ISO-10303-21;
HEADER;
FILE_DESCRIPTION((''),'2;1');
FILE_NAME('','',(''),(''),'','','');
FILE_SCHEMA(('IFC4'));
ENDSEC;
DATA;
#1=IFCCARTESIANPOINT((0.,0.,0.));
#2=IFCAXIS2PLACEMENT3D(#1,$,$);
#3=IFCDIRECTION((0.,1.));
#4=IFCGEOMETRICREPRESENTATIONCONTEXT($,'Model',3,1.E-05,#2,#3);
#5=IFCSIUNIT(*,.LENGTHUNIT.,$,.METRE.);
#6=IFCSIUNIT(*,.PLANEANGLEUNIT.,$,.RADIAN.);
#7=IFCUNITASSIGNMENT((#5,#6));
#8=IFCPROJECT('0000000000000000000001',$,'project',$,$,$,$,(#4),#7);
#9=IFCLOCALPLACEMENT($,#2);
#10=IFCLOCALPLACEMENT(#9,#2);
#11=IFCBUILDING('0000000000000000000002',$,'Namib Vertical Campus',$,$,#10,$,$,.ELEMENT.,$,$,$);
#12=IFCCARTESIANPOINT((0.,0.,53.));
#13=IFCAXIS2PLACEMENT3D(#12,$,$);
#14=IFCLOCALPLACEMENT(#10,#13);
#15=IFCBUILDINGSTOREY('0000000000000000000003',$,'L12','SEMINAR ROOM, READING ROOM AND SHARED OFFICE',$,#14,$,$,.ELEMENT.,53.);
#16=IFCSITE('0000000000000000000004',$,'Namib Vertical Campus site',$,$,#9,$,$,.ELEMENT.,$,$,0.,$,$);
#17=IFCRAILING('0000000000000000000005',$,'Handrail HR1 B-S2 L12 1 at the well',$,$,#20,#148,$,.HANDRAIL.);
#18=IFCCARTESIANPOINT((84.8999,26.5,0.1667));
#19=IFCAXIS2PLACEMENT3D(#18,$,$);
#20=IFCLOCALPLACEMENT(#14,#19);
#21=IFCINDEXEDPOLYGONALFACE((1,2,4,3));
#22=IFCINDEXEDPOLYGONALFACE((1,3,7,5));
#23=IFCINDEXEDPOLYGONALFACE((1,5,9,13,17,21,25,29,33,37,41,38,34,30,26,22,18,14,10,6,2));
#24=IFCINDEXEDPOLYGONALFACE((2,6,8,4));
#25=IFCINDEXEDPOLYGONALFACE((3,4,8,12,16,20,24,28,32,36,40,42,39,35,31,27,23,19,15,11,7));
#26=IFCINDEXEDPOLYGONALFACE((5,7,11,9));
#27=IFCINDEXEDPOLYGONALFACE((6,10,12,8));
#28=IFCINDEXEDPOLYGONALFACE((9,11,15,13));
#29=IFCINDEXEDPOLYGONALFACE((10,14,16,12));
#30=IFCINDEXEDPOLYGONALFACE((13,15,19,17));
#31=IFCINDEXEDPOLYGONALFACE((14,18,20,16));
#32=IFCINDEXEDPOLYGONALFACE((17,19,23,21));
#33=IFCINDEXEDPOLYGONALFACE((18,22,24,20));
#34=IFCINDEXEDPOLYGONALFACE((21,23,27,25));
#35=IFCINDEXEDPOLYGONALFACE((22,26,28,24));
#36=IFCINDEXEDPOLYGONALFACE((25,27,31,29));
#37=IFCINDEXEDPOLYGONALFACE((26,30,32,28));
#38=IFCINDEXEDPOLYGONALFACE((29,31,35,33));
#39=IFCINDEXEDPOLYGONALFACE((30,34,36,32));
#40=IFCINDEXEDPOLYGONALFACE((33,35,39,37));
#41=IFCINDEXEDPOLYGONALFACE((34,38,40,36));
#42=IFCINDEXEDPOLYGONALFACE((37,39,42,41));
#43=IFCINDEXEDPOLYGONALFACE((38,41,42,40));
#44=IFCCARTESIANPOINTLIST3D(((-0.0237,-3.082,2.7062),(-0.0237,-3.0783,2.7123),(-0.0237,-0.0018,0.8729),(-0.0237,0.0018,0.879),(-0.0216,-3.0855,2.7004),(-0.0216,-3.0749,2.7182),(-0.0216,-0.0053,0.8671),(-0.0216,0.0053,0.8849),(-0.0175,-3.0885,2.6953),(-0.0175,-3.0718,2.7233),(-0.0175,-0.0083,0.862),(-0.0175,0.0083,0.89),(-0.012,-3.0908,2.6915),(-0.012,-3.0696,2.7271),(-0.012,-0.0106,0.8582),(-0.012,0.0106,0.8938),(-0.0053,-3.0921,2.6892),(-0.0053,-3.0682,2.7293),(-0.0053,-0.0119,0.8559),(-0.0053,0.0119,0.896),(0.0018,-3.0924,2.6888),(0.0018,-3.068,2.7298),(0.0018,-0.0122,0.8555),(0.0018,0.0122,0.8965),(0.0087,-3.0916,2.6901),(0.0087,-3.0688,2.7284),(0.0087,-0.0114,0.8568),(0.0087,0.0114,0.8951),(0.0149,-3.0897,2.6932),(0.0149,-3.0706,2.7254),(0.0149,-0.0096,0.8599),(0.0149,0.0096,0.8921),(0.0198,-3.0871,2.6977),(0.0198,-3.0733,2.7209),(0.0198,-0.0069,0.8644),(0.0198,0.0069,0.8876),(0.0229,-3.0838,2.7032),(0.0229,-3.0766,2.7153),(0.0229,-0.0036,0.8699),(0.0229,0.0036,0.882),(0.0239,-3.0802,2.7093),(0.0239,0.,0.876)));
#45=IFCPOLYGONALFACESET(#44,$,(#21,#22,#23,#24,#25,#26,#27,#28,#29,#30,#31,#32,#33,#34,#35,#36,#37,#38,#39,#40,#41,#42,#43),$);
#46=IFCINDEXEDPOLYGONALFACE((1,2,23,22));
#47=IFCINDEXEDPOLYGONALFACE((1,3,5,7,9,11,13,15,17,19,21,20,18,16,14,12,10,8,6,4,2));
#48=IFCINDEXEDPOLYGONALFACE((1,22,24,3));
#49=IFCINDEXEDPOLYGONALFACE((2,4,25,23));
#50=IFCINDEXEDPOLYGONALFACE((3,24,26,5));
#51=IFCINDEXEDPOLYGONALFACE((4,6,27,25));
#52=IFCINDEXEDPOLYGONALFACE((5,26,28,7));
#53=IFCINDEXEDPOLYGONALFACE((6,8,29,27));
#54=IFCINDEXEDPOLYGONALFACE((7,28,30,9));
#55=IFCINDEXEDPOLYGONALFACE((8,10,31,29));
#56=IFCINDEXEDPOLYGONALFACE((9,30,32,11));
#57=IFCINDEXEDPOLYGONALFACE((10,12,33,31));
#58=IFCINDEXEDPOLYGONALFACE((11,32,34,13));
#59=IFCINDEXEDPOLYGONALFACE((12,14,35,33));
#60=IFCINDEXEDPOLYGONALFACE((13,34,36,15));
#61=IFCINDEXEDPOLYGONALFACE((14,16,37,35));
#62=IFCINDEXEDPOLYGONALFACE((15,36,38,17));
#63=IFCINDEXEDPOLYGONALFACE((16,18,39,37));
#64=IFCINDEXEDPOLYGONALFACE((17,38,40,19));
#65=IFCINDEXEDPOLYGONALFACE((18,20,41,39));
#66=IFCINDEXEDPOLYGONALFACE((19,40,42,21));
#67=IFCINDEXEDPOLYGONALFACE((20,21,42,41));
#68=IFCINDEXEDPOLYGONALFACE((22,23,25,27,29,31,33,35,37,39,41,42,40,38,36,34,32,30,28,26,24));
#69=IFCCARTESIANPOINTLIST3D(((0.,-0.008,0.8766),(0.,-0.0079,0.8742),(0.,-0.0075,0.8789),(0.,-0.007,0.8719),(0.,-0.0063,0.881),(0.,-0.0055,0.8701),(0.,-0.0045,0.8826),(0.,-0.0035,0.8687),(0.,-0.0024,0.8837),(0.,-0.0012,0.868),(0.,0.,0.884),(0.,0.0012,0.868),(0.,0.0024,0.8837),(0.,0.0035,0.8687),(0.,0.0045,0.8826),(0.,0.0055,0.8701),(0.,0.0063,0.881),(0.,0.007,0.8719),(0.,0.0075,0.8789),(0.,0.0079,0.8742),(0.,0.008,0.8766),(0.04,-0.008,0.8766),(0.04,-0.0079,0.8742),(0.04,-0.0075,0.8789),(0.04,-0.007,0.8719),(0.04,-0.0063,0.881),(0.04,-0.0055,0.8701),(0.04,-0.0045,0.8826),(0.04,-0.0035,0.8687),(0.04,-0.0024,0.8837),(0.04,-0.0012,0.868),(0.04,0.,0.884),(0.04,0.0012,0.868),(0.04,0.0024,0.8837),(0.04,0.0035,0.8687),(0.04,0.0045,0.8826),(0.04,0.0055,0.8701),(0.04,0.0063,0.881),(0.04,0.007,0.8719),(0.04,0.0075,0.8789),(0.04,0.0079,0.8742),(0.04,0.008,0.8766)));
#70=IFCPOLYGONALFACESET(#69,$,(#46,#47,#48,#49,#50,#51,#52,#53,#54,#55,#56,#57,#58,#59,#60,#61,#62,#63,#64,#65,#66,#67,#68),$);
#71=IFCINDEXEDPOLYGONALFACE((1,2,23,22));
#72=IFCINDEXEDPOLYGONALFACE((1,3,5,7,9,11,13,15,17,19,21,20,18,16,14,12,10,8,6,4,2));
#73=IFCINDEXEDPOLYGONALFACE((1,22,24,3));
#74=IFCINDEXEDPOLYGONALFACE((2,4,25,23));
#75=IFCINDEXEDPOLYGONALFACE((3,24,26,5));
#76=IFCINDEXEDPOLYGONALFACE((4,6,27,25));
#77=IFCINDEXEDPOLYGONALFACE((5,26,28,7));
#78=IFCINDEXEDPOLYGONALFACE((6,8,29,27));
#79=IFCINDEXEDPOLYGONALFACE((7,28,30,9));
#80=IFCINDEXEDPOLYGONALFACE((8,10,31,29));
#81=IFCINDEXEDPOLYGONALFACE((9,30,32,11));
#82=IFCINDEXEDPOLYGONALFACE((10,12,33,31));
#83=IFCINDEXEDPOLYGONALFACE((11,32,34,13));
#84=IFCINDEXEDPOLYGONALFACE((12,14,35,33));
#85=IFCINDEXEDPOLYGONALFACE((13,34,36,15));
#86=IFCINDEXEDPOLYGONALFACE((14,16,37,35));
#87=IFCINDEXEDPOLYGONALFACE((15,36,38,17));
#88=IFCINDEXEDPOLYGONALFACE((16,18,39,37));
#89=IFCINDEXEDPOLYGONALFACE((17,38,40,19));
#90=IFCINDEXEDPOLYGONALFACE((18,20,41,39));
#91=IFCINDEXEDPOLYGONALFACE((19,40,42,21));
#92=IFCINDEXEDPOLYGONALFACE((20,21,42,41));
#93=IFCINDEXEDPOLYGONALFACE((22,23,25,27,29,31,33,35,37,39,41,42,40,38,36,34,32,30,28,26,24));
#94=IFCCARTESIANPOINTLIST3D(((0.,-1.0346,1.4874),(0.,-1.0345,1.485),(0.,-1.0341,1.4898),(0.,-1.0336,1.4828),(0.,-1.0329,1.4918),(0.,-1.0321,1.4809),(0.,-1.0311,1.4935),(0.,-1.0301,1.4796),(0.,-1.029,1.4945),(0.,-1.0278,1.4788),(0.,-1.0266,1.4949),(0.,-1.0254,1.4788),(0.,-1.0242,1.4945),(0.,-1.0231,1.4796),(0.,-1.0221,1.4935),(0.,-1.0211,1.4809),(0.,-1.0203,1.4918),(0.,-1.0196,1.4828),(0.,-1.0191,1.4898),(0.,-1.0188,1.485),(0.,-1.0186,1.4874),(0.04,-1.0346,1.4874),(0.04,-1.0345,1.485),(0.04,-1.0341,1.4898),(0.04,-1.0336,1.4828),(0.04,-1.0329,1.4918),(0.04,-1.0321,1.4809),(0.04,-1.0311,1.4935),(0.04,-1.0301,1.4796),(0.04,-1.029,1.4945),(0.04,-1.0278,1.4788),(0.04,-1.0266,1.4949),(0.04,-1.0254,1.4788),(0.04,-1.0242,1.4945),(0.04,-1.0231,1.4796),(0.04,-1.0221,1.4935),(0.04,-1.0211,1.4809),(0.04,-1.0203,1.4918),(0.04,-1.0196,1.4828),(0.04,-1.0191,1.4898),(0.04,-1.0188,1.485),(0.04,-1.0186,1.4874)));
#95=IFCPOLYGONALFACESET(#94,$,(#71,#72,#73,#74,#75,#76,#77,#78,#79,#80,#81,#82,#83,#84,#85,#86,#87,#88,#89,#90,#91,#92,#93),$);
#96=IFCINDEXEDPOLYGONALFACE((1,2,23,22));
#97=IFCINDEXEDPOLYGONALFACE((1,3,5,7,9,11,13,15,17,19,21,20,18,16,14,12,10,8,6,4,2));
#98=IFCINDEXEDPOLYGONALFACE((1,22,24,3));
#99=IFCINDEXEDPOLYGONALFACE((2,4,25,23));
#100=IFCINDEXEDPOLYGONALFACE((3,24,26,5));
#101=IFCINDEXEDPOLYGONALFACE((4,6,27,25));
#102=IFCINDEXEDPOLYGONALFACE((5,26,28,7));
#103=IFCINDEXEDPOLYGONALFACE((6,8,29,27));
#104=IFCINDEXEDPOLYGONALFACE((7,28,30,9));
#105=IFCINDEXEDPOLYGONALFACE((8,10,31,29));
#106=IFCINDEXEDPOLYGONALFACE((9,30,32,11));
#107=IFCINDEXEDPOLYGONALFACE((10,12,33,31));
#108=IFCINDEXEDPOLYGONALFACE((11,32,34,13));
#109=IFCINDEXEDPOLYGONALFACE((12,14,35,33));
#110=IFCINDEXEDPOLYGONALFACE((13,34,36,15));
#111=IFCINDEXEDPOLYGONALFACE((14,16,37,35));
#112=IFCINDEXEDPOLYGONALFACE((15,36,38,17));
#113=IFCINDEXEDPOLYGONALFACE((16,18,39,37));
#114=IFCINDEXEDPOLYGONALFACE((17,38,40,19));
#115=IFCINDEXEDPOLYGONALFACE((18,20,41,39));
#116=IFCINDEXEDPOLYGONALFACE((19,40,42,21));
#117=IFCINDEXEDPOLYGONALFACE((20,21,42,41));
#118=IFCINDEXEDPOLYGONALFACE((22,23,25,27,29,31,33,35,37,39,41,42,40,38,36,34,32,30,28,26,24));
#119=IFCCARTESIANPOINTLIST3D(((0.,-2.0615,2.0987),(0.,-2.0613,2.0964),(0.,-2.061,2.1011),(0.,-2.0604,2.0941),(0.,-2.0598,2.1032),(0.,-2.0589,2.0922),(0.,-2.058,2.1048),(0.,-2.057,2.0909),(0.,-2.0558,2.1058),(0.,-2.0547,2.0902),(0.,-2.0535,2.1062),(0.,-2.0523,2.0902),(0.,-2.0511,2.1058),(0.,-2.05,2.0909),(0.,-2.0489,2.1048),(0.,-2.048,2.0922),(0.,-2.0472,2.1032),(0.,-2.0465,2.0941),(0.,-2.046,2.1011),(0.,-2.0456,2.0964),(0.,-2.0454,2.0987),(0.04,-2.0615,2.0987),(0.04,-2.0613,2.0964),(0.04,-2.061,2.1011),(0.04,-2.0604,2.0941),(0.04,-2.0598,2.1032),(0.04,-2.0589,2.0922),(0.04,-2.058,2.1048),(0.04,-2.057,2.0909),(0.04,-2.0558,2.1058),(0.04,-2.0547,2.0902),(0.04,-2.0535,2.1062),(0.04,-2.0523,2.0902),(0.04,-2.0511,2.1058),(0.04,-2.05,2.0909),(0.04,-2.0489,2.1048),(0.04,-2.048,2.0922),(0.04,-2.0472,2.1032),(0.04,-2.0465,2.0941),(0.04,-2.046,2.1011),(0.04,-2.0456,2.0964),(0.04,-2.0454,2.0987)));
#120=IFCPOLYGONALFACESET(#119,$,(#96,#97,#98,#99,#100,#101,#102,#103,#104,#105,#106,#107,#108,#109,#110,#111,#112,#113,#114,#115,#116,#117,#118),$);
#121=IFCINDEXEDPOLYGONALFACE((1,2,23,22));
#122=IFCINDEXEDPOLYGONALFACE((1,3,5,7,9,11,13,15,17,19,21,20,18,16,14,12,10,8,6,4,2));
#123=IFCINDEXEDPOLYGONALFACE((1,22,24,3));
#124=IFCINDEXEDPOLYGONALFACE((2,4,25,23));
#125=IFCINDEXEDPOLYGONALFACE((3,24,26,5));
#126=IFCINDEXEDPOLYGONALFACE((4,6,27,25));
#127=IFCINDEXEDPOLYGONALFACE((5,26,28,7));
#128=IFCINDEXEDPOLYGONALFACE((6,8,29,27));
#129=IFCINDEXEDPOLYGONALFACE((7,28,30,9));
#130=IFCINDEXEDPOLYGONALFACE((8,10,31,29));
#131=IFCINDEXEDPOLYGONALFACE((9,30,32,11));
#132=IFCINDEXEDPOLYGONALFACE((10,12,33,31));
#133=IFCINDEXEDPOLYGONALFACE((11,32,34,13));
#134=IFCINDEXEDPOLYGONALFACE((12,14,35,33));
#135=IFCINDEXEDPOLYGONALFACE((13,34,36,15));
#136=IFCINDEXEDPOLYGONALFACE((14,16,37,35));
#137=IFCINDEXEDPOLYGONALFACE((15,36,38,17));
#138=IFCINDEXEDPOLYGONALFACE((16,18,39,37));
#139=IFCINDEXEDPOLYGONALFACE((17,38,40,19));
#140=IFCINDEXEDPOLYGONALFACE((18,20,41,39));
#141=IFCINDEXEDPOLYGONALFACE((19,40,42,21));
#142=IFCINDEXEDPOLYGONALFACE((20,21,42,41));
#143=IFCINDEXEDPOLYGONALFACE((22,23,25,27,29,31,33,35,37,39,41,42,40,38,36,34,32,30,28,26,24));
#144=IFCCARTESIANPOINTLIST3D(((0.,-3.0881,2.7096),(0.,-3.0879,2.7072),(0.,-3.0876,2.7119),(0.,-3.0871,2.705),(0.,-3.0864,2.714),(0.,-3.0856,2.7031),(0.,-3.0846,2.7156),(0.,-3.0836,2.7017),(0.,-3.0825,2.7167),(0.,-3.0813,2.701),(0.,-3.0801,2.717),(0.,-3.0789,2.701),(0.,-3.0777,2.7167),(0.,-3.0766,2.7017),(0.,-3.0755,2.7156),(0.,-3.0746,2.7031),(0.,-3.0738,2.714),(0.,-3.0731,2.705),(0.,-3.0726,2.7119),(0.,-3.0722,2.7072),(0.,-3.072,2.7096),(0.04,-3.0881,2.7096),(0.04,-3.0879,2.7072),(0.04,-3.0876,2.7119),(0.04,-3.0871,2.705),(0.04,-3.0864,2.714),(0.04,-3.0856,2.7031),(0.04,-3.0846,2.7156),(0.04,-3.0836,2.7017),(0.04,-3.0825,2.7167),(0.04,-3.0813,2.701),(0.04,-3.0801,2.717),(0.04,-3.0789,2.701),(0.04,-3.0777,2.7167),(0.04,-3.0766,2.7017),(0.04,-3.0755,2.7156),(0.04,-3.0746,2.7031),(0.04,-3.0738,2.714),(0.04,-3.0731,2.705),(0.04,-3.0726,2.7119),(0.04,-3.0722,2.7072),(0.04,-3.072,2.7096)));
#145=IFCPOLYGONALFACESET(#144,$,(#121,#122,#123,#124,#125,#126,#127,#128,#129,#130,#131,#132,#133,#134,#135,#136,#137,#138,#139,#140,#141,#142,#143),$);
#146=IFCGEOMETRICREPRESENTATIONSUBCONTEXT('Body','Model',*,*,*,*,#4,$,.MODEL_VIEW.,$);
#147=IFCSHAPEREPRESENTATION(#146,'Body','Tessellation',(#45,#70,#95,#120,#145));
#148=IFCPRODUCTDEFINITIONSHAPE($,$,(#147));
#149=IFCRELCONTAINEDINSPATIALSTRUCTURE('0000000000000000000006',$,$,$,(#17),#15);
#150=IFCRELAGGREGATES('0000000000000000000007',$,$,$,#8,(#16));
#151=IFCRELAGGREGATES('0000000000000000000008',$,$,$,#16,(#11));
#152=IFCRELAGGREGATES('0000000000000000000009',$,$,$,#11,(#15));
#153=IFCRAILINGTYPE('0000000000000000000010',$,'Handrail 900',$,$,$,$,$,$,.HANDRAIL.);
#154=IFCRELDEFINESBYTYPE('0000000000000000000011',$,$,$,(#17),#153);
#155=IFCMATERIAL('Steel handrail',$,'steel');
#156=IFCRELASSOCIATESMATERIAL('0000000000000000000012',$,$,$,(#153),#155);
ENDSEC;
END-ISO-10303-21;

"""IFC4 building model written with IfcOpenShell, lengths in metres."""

from ifc_helpers import new_model, si_unit, direction, frame, origin, origin_2d, place, context, subcontext, project, spatial, circle, extrude, material, type_object, element, save


model = new_model("IFC4")

# Units and contexts
model_context = context("Model", 3, precision=1e-05, world=origin(), true_north=direction((0.0, 1.0)))
body_context = subcontext(model_context, "Body", "Model", "MODEL_VIEW")
ifc_project = project(units=[si_unit("LENGTHUNIT", "METRE"), si_unit("PLANEANGLEUNIT", "RADIAN")], contexts=[model_context])

# Site, building, storey
site_placement = place(None, origin())
site = spatial("IfcSite", under=ifc_project, at=site_placement, Name="Namib Vertical Campus site", CompositionType="ELEMENT", RefElevation=0.0)
building_placement = place(site_placement, origin())
building = spatial("IfcBuilding", under=site, at=building_placement, Name="Namib Vertical Campus", CompositionType="ELEMENT")
storey_placement = place(building_placement, frame((0.0, 0.0, 53.0)))
storey = spatial("IfcBuildingStorey", under=building, at=storey_placement, Name="L12", Description="SEMINAR ROOM, READING ROOM AND SHARED OFFICE", CompositionType="ELEMENT", Elevation=53.0)

# Railing
ifc_material_1 = material(Name="Steel handrail", Category="steel")
railing_type_1 = type_object("IfcRailingType", Name="Handrail 900", PredefinedType="HANDRAIL", material=ifc_material_1)
railing_1_placement = place(storey_placement, frame((84.8999, 26.5, 0.1667)))
element("IfcRailing", 1, at=railing_1_placement, inside=storey, type_object=railing_type_1, Name="Handrail HR1 B-S2 L12 1 at the well", PredefinedType="HANDRAIL", context=body_context, shape_type="SweptSolid", body=[
    extrude(circle(Radius=0.0239, at=origin_2d()), frame((0.0, 0.0, 0.876), z_axis=(0.0, -0.859309, 0.511458), x_axis=(1.0, 0.0, 0.0)), (0.0, 0.0, 1.0), 3.5845),
    extrude(circle(Radius=0.0081, at=origin_2d()), frame((0.0, 0.0, 0.876), z_axis=(1.0, 0.0, 0.0), x_axis=(0.0, 0.0, 1.0)), (0.0, 0.0, 1.0), 0.04),
    extrude(circle(Radius=0.0081, at=origin_2d()), frame((0.0, -1.0266, 1.4868), z_axis=(1.0, 0.0, 0.0), x_axis=(0.0, 0.0, 1.0)), (0.0, 0.0, 1.0), 0.04),
    extrude(circle(Radius=0.0081, at=origin_2d()), frame((0.0, -2.0535, 2.0981), z_axis=(1.0, 0.0, 0.0), x_axis=(0.0, 0.0, 1.0)), (0.0, 0.0, 1.0), 0.04),
    extrude(circle(Radius=0.0081, at=origin_2d()), frame((0.0, -3.0801, 2.709), z_axis=(1.0, 0.0, 0.0), x_axis=(0.0, 0.0, 1.0)), (0.0, 0.0, 1.0), 0.04),
])

save(model, "model.ifc")
